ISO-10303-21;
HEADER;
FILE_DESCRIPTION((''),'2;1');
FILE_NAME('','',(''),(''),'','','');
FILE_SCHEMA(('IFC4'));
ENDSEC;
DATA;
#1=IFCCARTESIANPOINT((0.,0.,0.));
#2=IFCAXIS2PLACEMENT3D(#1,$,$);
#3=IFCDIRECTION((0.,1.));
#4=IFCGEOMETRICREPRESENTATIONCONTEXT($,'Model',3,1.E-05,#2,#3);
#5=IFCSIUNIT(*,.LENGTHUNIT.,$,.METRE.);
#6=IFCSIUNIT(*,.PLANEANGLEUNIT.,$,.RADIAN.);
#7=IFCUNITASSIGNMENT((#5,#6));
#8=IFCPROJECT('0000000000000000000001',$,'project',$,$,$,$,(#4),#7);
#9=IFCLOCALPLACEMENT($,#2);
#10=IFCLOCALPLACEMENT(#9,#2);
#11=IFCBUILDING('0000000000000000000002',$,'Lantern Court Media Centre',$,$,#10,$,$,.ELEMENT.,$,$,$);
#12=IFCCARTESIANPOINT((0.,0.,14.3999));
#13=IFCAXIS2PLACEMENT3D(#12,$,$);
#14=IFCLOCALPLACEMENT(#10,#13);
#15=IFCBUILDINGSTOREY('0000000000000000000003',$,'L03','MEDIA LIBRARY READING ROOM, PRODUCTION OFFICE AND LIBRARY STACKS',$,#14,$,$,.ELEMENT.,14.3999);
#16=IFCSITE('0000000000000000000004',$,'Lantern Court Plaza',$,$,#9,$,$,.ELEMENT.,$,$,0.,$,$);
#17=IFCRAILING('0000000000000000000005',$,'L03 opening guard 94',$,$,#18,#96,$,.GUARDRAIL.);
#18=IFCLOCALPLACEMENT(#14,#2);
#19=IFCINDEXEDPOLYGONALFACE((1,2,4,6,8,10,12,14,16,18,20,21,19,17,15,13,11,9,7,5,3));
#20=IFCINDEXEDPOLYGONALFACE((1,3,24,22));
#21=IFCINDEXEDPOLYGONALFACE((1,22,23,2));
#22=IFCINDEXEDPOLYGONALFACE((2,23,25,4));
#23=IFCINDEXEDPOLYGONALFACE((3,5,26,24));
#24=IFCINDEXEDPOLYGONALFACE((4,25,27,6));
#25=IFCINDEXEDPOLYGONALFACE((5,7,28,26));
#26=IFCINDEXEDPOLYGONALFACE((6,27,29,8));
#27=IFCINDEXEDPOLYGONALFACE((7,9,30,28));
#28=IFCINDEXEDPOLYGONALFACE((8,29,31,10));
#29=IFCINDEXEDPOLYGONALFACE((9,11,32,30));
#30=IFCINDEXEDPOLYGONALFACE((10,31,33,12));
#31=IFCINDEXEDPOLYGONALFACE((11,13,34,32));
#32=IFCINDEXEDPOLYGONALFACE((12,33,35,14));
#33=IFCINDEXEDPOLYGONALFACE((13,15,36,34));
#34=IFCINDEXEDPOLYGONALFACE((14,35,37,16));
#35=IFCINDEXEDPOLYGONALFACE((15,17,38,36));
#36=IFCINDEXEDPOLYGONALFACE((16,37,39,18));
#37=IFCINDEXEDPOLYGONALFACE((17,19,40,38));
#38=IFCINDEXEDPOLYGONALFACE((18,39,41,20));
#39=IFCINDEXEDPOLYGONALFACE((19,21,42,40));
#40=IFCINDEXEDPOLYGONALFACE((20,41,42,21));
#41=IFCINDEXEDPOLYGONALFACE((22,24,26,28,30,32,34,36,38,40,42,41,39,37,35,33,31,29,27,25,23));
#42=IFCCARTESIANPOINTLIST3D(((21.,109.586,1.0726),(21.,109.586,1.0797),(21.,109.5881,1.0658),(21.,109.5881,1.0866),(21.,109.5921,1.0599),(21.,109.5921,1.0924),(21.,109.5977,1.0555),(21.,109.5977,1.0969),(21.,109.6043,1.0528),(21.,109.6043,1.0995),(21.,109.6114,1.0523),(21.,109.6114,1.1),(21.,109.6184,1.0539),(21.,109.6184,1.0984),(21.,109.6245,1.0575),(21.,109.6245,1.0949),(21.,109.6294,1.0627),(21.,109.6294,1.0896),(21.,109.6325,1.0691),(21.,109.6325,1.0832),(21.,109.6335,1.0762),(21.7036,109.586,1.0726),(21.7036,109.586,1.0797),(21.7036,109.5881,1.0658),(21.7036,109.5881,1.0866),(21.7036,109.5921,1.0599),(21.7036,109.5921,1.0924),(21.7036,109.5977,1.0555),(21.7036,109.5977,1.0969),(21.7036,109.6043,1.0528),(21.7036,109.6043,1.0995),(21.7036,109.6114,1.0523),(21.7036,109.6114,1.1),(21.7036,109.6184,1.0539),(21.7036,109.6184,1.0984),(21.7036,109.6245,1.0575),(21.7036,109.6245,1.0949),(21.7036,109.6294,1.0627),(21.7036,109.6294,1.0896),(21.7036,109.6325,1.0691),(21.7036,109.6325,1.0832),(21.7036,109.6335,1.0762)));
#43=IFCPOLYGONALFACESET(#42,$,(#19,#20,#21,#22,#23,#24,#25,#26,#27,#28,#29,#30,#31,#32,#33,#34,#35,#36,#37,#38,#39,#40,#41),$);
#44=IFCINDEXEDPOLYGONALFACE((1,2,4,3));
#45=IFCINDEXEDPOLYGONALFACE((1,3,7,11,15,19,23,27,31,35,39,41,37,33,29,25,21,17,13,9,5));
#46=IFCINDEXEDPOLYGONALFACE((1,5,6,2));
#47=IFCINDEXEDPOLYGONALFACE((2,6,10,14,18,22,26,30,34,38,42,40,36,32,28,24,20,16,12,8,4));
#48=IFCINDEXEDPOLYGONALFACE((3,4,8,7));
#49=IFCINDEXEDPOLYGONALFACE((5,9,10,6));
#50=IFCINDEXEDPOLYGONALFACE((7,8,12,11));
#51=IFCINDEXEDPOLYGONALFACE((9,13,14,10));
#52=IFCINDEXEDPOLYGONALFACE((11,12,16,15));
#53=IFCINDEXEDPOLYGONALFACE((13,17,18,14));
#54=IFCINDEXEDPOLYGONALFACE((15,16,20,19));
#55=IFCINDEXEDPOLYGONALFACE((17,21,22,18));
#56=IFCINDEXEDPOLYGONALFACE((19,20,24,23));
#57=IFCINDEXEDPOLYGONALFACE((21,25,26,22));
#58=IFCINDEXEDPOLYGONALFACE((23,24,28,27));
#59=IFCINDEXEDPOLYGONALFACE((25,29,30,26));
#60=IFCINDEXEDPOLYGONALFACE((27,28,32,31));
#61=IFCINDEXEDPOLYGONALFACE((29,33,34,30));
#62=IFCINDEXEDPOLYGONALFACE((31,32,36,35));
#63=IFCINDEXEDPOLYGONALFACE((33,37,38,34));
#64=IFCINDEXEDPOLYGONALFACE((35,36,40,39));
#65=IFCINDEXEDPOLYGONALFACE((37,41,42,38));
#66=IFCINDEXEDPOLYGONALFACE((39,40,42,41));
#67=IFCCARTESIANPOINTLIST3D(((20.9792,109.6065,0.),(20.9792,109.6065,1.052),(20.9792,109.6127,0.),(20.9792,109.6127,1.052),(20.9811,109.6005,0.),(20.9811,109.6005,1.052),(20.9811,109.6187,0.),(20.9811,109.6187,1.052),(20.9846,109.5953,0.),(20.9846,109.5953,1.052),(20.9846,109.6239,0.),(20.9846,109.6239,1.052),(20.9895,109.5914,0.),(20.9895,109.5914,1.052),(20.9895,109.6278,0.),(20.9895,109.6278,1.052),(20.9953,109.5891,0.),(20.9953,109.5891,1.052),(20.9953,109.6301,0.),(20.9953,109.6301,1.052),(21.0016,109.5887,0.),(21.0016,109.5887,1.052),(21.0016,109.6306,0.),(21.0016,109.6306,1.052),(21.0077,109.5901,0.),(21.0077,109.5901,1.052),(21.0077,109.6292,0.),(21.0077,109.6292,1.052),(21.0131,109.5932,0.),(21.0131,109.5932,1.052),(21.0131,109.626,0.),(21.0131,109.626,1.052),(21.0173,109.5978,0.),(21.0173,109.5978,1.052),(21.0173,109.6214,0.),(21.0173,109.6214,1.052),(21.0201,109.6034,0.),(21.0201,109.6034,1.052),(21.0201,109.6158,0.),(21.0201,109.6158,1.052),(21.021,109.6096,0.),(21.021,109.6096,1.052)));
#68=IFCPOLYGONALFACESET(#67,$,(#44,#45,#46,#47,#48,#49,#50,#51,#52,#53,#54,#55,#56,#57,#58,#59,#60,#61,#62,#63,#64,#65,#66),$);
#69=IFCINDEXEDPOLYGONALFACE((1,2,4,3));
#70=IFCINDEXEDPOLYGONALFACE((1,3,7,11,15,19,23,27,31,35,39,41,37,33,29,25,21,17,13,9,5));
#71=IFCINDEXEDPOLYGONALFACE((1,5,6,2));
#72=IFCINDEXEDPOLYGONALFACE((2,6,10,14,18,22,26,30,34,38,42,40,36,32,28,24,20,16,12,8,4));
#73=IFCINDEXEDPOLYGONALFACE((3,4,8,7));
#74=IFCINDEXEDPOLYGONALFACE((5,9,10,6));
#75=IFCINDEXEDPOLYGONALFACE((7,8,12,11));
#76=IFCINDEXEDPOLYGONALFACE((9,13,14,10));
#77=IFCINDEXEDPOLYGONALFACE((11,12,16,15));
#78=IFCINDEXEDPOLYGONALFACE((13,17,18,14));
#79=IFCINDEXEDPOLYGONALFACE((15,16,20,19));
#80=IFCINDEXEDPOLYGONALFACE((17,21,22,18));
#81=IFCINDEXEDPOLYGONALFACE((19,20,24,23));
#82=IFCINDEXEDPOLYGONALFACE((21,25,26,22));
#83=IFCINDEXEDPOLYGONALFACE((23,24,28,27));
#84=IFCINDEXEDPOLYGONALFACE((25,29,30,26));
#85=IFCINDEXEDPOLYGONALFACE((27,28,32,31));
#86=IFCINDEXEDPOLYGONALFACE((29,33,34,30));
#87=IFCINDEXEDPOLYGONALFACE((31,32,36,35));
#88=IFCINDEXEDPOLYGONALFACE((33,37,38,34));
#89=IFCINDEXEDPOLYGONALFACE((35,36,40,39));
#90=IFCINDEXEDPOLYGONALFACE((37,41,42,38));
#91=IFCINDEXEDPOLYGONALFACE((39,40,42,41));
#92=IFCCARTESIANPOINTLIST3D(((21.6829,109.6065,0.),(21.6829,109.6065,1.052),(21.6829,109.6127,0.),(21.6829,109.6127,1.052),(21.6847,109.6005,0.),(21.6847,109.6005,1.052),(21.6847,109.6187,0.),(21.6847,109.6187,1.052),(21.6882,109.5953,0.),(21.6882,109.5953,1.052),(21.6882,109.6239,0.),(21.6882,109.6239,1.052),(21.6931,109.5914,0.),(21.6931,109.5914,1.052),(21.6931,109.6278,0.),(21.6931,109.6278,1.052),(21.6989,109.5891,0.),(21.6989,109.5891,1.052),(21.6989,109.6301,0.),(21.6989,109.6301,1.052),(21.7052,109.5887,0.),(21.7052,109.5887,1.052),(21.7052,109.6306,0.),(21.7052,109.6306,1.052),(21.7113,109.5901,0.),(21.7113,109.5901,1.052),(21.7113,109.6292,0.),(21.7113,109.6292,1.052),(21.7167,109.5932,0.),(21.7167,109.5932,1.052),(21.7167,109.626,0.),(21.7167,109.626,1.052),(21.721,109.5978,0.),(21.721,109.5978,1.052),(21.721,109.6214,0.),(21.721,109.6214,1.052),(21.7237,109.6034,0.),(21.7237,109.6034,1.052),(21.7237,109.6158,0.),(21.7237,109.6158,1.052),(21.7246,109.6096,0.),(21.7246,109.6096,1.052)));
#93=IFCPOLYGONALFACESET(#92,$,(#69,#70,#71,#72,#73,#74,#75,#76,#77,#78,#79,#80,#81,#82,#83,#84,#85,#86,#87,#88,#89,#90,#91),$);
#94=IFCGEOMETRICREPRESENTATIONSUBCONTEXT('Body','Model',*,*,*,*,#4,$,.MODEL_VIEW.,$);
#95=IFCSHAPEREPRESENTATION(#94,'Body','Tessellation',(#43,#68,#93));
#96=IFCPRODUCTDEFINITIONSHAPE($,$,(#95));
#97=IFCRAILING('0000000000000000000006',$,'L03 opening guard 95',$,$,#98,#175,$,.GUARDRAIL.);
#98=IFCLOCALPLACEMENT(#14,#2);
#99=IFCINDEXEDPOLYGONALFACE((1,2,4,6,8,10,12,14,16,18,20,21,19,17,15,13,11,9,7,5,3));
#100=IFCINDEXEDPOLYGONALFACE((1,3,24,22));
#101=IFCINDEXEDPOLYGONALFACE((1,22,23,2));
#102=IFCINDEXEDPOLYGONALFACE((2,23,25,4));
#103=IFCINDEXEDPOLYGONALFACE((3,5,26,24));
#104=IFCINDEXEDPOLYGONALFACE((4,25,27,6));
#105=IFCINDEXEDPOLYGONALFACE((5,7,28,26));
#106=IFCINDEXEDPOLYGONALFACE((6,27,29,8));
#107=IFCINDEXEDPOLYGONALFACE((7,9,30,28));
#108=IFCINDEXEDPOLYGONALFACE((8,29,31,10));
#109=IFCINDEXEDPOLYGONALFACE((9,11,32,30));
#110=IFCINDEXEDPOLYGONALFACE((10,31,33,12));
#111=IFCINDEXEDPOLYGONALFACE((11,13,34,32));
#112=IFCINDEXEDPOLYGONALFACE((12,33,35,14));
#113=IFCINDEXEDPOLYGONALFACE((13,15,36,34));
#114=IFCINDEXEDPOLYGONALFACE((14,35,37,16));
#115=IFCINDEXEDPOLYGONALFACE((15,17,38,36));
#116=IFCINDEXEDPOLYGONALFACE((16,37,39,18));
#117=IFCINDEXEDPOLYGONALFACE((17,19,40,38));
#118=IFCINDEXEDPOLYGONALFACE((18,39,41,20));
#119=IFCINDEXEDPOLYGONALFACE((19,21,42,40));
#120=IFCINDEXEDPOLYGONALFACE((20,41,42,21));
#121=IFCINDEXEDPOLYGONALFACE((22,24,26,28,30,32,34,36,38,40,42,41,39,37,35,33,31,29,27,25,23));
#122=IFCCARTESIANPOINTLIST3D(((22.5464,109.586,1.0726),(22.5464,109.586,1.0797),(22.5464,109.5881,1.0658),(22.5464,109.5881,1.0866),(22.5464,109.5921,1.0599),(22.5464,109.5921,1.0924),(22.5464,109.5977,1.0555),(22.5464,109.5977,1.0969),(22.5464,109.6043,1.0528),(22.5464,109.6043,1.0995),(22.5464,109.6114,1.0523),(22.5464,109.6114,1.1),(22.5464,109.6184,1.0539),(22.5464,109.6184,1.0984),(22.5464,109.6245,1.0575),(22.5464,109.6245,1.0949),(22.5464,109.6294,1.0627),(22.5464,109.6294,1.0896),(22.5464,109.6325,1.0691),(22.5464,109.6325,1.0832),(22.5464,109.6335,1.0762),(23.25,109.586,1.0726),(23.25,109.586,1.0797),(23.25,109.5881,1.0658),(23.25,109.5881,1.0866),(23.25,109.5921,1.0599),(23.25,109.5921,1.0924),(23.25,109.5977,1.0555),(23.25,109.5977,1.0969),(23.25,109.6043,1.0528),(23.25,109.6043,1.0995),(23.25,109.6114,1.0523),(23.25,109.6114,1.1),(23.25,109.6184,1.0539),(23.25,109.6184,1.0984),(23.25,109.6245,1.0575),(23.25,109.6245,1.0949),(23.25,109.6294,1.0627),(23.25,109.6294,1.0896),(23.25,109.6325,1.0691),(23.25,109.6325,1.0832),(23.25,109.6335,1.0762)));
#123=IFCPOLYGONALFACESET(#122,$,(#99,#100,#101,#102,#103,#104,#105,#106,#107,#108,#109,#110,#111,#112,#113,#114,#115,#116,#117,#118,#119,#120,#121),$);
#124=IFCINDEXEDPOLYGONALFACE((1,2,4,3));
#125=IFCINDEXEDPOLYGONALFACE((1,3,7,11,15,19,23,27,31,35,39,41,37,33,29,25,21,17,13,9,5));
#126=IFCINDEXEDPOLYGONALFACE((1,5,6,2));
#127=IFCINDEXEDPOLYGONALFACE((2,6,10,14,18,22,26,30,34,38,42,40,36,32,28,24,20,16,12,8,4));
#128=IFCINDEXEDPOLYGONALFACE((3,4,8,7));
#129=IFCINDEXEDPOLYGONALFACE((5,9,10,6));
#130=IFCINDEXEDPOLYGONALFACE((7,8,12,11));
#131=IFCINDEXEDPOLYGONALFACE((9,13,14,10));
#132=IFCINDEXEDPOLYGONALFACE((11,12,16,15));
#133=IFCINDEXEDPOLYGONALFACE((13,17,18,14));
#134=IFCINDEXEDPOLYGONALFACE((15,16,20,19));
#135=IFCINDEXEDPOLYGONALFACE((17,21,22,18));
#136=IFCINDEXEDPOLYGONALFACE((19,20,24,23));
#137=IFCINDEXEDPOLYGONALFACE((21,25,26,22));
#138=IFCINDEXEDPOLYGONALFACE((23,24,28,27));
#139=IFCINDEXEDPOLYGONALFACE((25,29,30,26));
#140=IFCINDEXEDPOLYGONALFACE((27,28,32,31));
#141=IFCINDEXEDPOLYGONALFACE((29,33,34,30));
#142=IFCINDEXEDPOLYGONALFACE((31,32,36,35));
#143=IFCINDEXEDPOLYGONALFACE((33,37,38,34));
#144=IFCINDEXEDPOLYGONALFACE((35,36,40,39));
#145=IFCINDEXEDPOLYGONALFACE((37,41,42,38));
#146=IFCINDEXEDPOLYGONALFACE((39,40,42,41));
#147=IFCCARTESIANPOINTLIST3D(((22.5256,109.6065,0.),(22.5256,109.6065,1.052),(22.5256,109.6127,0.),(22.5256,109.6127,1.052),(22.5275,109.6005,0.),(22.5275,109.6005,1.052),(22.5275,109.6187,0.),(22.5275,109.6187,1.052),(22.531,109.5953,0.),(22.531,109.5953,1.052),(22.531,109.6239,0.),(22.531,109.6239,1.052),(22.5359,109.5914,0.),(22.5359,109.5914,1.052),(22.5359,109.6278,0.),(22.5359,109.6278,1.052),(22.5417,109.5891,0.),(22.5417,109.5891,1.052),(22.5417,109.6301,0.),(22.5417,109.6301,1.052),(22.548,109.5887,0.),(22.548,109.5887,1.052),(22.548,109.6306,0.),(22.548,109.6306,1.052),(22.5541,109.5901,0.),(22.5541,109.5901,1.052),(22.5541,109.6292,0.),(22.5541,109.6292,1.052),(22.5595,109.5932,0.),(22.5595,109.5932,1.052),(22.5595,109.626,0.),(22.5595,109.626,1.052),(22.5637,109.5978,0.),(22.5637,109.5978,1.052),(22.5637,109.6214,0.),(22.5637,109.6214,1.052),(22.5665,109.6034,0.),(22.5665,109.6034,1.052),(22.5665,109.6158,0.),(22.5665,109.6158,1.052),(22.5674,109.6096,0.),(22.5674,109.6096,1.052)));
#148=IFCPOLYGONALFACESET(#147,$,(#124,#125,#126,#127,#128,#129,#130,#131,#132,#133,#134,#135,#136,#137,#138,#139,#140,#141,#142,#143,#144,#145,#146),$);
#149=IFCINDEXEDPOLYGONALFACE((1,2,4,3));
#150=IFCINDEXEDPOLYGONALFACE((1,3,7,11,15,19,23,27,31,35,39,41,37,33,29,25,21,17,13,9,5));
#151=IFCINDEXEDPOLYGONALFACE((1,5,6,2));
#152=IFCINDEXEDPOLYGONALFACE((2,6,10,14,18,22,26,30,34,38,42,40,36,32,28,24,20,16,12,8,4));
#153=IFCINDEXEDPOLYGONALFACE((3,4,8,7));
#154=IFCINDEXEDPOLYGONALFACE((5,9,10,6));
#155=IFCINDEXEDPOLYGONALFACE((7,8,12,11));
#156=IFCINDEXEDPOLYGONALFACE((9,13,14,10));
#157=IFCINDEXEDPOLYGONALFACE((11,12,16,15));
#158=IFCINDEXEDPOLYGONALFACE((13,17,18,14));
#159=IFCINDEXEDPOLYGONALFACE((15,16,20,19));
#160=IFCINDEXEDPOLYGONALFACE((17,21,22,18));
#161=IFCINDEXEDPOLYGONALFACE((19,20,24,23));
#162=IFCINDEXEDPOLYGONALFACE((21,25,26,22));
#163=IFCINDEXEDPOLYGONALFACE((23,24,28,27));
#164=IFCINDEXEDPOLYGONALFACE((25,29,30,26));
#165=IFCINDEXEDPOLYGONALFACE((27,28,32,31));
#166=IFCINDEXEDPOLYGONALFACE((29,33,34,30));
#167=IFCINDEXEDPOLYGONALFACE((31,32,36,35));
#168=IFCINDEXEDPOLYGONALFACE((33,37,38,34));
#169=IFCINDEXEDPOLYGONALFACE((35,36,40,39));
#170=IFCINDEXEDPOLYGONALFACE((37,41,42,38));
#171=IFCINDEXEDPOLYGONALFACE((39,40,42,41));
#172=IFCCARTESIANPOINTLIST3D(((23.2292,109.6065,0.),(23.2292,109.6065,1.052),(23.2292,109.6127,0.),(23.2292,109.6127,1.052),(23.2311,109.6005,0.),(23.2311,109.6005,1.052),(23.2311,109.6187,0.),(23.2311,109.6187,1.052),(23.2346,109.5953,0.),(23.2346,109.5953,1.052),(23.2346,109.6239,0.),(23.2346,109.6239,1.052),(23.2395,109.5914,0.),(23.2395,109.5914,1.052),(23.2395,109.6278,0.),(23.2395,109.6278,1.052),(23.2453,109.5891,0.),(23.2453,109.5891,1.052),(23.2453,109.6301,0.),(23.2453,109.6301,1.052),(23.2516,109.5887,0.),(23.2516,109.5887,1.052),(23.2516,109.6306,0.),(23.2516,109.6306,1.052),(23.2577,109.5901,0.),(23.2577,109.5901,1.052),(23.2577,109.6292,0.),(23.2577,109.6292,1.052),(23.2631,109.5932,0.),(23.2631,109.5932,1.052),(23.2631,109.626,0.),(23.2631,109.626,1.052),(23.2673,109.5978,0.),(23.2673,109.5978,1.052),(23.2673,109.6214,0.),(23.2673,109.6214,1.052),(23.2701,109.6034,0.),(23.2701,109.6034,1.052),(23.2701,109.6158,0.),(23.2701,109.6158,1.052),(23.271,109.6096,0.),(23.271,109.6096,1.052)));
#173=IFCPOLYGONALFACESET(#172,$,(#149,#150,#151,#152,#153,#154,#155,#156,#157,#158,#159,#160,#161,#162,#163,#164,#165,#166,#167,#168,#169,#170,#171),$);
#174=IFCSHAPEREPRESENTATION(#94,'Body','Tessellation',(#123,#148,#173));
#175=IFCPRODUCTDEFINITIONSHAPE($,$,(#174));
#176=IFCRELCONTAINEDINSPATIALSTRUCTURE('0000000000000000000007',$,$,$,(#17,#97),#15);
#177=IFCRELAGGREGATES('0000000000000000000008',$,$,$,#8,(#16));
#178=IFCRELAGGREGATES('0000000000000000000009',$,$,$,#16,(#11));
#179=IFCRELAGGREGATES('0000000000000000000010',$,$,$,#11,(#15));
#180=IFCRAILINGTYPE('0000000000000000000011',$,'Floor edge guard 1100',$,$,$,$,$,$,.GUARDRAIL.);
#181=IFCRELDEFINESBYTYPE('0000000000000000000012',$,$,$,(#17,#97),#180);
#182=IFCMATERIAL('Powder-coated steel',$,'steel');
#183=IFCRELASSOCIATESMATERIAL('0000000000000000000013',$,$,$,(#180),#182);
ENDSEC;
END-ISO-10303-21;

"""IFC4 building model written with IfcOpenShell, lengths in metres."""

from ifc_helpers import new_model, si_unit, direction, frame, origin, origin_2d, place, context, subcontext, project, spatial, circle, extrude, material, type_object, element, save


model = new_model("IFC4")

# Units and contexts
model_context = context("Model", 3, precision=1e-05, world=origin(), true_north=direction((0.0, 1.0)))
body_context = subcontext(model_context, "Body", "Model", "MODEL_VIEW")
ifc_project = project(units=[si_unit("LENGTHUNIT", "METRE"), si_unit("PLANEANGLEUNIT", "RADIAN")], contexts=[model_context])

# Site, building, storey
site_placement = place(None, origin())
site = spatial("IfcSite", under=ifc_project, at=site_placement, Name="Lantern Court Plaza", CompositionType="ELEMENT", RefElevation=0.0)
building_placement = place(site_placement, origin())
building = spatial("IfcBuilding", under=site, at=building_placement, Name="Lantern Court Media Centre", CompositionType="ELEMENT")
storey_placement = place(building_placement, frame((0.0, 0.0, 14.3999)))
storey = spatial("IfcBuildingStorey", under=building, at=storey_placement, Name="L03", Description="MEDIA LIBRARY READING ROOM, PRODUCTION OFFICE AND LIBRARY STACKS", CompositionType="ELEMENT", Elevation=14.3999)

# Railings
ifc_material_1 = material(Name="Powder-coated steel", Category="steel")
railing_type_1 = type_object("IfcRailingType", Name="Floor edge guard 1100", PredefinedType="GUARDRAIL", material=ifc_material_1)
for number, where, name in (
    (1, (21.0, 109.6096, 0.0), "L03 opening guard 94"),
    (2, (22.5464, 109.6096, 0.0), "L03 opening guard 95"),
):
    element("IfcRailing", number, at=place(storey_placement, frame(where)), inside=storey, type_object=railing_type_1, Name=name, PredefinedType="GUARDRAIL", context=body_context, shape_type="SweptSolid", body=[
        extrude(circle(Radius=0.0239, at=origin_2d()), frame((0.0, 0.0, 1.0762), z_axis=(1.0, 0.0, 0.0), x_axis=(0.0, 1.0, 0.0)), (0.0, 0.0, 1.0), 0.7036),
        extrude(circle(Radius=0.021, at=origin_2d()), origin(), (0.0, 0.0, 1.0), 1.052),
        extrude(circle(Radius=0.021, at=origin_2d()), frame((0.7036, 0.0, 0.0)), (0.0, 0.0, 1.0), 1.052),
    ])

save(model, "model.ifc")
